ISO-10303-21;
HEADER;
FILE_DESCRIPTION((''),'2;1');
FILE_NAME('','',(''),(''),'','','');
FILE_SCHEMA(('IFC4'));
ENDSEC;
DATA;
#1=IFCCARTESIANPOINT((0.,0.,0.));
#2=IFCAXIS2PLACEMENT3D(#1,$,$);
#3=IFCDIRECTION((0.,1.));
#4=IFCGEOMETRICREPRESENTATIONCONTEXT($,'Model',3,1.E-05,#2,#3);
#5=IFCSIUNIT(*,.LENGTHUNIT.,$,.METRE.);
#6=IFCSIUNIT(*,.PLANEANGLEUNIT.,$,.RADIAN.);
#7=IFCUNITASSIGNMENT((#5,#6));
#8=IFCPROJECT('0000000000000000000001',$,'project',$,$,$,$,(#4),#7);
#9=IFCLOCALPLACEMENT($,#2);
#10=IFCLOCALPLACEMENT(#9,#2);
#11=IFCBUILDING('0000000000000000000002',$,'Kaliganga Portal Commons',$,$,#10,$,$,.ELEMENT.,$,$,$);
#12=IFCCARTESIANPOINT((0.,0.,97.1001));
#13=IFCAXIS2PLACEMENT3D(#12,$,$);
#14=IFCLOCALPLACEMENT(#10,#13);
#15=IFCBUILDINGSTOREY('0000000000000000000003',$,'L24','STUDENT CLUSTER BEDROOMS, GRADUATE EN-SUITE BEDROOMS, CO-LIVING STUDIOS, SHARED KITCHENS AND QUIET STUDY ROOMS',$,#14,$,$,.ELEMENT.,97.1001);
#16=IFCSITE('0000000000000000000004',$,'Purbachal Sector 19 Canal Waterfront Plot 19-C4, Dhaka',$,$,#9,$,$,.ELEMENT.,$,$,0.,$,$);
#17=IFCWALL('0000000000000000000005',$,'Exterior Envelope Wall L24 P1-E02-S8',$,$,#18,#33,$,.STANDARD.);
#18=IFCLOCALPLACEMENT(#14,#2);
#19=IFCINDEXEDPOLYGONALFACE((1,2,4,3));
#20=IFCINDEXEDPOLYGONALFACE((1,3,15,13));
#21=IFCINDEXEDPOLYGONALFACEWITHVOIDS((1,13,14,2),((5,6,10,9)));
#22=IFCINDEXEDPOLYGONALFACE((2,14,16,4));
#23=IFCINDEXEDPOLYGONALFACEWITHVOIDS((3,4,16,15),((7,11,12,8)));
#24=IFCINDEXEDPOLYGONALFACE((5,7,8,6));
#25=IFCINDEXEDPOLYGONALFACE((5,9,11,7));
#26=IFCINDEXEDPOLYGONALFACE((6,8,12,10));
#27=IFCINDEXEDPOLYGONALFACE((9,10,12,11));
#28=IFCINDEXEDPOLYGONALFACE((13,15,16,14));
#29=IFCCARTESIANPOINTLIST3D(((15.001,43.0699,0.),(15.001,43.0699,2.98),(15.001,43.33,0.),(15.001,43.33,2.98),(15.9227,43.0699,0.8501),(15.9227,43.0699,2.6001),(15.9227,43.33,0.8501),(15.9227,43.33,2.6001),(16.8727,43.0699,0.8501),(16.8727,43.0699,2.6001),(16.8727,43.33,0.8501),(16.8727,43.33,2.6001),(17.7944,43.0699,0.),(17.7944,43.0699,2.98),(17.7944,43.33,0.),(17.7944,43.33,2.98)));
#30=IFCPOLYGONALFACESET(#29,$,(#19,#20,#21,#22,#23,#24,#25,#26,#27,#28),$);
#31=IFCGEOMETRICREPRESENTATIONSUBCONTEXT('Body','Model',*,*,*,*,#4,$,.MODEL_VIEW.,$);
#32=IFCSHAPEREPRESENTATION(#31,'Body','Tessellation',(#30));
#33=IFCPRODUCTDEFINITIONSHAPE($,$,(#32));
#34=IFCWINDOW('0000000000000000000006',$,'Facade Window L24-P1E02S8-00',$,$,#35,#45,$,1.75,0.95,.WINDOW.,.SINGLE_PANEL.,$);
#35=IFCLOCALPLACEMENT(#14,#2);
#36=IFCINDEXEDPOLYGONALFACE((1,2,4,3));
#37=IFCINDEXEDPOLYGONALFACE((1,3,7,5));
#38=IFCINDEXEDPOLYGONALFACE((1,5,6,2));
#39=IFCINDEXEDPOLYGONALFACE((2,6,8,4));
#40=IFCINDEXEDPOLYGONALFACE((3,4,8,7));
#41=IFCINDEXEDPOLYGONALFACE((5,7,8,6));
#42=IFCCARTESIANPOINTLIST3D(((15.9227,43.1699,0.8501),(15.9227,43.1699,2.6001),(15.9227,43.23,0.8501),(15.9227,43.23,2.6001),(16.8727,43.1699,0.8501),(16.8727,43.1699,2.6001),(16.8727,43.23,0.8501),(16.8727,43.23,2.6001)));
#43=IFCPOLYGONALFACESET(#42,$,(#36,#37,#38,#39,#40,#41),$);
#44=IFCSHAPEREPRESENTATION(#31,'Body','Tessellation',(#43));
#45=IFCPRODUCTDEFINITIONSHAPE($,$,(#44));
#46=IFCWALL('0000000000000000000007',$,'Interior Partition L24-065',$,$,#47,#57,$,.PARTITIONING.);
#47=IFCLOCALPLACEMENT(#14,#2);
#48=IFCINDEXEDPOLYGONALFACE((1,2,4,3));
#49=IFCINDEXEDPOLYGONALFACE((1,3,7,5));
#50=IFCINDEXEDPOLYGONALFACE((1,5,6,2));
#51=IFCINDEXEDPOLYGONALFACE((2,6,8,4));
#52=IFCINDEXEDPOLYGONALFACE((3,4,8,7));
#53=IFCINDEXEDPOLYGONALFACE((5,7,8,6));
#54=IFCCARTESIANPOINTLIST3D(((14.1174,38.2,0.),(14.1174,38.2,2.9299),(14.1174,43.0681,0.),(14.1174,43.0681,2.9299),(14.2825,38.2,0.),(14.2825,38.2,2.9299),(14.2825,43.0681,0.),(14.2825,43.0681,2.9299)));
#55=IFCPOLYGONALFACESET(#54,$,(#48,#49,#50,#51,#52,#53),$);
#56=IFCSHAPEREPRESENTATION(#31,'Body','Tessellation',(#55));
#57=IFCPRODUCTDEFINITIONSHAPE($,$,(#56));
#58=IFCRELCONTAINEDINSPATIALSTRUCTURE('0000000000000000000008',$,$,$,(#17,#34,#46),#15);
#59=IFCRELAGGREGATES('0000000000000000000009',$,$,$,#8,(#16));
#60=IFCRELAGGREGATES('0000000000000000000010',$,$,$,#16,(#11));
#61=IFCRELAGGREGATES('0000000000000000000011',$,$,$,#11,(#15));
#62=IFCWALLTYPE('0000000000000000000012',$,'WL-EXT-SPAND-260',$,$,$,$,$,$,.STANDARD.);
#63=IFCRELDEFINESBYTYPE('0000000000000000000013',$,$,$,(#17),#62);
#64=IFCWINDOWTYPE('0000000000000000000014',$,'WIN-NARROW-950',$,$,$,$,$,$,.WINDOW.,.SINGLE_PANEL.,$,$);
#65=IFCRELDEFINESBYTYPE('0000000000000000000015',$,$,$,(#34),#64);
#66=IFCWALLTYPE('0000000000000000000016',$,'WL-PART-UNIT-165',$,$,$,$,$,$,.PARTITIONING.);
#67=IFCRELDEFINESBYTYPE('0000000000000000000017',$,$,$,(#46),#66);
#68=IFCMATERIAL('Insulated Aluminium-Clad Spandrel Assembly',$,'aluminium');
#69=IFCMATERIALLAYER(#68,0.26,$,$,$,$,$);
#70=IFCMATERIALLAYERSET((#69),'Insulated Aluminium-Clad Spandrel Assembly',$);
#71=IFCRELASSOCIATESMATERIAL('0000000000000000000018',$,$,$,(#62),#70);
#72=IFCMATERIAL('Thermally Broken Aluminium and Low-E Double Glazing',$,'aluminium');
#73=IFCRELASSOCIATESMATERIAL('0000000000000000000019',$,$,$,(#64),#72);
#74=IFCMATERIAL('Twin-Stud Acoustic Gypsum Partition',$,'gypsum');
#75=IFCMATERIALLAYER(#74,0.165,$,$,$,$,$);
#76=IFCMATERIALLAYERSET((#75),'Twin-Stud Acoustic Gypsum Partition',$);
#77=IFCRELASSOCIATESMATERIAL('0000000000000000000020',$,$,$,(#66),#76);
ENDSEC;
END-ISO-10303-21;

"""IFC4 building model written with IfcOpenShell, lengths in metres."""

from ifc_helpers import new_model, si_unit, direction, frame, frame_2d, origin, place, context, subcontext, project, spatial, rectangle, extrude, material, layer, layer_set, type_object, element, fill, save


model = new_model("IFC4")

# Units and contexts
model_context = context("Model", 3, precision=1e-05, world=origin(), true_north=direction((0.0, 1.0)))
body_context = subcontext(model_context, "Body", "Model", "MODEL_VIEW")
ifc_project = project(units=[si_unit("LENGTHUNIT", "METRE"), si_unit("PLANEANGLEUNIT", "RADIAN")], contexts=[model_context])

# Site, building, storey
site_placement = place(None, origin())
site = spatial("IfcSite", under=ifc_project, at=site_placement, Name="Purbachal Sector 19 Canal Waterfront Plot 19-C4, Dhaka", CompositionType="ELEMENT", RefElevation=0.0)
building_placement = place(site_placement, origin())
building = spatial("IfcBuilding", under=site, at=building_placement, Name="Kaliganga Portal Commons", CompositionType="ELEMENT")
storey_placement = place(building_placement, frame((0.0, 0.0, 97.1001)))
storey = spatial("IfcBuildingStorey", under=building, at=storey_placement, Name="L24", Description="STUDENT CLUSTER BEDROOMS, GRADUATE EN-SUITE BEDROOMS, CO-LIVING STUDIOS, SHARED KITCHENS AND QUIET STUDY ROOMS", CompositionType="ELEMENT", Elevation=97.1001)

# Wall, opening, window
ifc_material_1 = material(Name="Insulated Aluminium-Clad Spandrel Assembly", Category="aluminium")
ifc_layer_1 = layer(ifc_material_1, 0.26)
ifc_layer_set_1 = layer_set([ifc_layer_1], Name="Insulated Aluminium-Clad Spandrel Assembly")
wall_type_1 = type_object("IfcWallType", Name="WL-EXT-SPAND-260", PredefinedType="STANDARD", material=ifc_layer_set_1)
wall_1_placement = place(storey_placement, frame((15.001, 43.2, 0.0), z_axis=(0.0, 0.0, 1.0), x_axis=(1.0, 0.0, 0.0)))
wall_1 = element("IfcWall", 1, at=wall_1_placement, inside=storey, type_object=wall_type_1, Name="Exterior Envelope Wall L24 P1-E02-S8", PredefinedType="STANDARD", context=body_context, shape_type="SweptSolid", body=[
    extrude(rectangle(XDim=2.7935, YDim=0.26, at=frame_2d((1.3967, 0.0))), origin(), (0.0, 0.0, 1.0), 2.98),
])
opening_1_placement = place(wall_1_placement, frame((0.9216, 0.0, 0.8501)))
opening_1 = element("IfcOpeningElement", 2, at=opening_1_placement, cuts=wall_1, PredefinedType="OPENING", context=body_context, shape_type="SweptSolid", body=[
    extrude(rectangle(XDim=0.95, YDim=1.75, at=frame_2d((0.4751, 0.875))), frame((0.0, 0.1401, 0.0), z_axis=(0.0, -1.0, 0.0), x_axis=(1.0, 0.0, 0.0)), (0.0, 0.0, 1.0), 0.28),
])
ifc_material_2 = material(Name="Thermally Broken Aluminium and Low-E Double Glazing", Category="aluminium")
window_type = type_object("IfcWindowType", Name="WIN-NARROW-950", PartitioningType="SINGLE_PANEL", PredefinedType="WINDOW", material=ifc_material_2)
window_placement = place(opening_1_placement, origin())
window = element("IfcWindow", 3, at=window_placement, inside=storey, type_object=window_type, Name="Facade Window L24-P1E02S8-00", OverallHeight=1.75, OverallWidth=0.95, PartitioningType="SINGLE_PANEL", PredefinedType="WINDOW", context=body_context, shape_type="SweptSolid", body=[
    extrude(rectangle(XDim=0.95, YDim=1.75, at=frame_2d((0.4751, 0.875))), frame((0.0, 0.03, 0.0), z_axis=(0.0, -1.0, 0.0), x_axis=(1.0, 0.0, 0.0)), (0.0, 0.0, 1.0), 0.0601),
])
fill(opening_1, window)

# Wall
ifc_material_3 = material(Name="Twin-Stud Acoustic Gypsum Partition", Category="gypsum")
ifc_layer_2 = layer(ifc_material_3, 0.165)
ifc_layer_set_2 = layer_set([ifc_layer_2], Name="Twin-Stud Acoustic Gypsum Partition")
wall_type_2 = type_object("IfcWallType", Name="WL-PART-UNIT-165", PredefinedType="PARTITIONING", material=ifc_layer_set_2)
wall_2_placement = place(storey_placement, frame((14.2, 38.2, 0.0), z_axis=(0.0, 0.0, 1.0), x_axis=(0.0, 1.0, 0.0)))
element("IfcWall", 4, at=wall_2_placement, inside=storey, type_object=wall_type_2, Name="Interior Partition L24-065", PredefinedType="PARTITIONING", context=body_context, shape_type="SweptSolid", body=[
    extrude(rectangle(XDim=4.8682, YDim=0.165, at=frame_2d((2.4341, 0.0))), origin(), (0.0, 0.0, 1.0), 2.9299),
])

save(model, "model.ifc")
